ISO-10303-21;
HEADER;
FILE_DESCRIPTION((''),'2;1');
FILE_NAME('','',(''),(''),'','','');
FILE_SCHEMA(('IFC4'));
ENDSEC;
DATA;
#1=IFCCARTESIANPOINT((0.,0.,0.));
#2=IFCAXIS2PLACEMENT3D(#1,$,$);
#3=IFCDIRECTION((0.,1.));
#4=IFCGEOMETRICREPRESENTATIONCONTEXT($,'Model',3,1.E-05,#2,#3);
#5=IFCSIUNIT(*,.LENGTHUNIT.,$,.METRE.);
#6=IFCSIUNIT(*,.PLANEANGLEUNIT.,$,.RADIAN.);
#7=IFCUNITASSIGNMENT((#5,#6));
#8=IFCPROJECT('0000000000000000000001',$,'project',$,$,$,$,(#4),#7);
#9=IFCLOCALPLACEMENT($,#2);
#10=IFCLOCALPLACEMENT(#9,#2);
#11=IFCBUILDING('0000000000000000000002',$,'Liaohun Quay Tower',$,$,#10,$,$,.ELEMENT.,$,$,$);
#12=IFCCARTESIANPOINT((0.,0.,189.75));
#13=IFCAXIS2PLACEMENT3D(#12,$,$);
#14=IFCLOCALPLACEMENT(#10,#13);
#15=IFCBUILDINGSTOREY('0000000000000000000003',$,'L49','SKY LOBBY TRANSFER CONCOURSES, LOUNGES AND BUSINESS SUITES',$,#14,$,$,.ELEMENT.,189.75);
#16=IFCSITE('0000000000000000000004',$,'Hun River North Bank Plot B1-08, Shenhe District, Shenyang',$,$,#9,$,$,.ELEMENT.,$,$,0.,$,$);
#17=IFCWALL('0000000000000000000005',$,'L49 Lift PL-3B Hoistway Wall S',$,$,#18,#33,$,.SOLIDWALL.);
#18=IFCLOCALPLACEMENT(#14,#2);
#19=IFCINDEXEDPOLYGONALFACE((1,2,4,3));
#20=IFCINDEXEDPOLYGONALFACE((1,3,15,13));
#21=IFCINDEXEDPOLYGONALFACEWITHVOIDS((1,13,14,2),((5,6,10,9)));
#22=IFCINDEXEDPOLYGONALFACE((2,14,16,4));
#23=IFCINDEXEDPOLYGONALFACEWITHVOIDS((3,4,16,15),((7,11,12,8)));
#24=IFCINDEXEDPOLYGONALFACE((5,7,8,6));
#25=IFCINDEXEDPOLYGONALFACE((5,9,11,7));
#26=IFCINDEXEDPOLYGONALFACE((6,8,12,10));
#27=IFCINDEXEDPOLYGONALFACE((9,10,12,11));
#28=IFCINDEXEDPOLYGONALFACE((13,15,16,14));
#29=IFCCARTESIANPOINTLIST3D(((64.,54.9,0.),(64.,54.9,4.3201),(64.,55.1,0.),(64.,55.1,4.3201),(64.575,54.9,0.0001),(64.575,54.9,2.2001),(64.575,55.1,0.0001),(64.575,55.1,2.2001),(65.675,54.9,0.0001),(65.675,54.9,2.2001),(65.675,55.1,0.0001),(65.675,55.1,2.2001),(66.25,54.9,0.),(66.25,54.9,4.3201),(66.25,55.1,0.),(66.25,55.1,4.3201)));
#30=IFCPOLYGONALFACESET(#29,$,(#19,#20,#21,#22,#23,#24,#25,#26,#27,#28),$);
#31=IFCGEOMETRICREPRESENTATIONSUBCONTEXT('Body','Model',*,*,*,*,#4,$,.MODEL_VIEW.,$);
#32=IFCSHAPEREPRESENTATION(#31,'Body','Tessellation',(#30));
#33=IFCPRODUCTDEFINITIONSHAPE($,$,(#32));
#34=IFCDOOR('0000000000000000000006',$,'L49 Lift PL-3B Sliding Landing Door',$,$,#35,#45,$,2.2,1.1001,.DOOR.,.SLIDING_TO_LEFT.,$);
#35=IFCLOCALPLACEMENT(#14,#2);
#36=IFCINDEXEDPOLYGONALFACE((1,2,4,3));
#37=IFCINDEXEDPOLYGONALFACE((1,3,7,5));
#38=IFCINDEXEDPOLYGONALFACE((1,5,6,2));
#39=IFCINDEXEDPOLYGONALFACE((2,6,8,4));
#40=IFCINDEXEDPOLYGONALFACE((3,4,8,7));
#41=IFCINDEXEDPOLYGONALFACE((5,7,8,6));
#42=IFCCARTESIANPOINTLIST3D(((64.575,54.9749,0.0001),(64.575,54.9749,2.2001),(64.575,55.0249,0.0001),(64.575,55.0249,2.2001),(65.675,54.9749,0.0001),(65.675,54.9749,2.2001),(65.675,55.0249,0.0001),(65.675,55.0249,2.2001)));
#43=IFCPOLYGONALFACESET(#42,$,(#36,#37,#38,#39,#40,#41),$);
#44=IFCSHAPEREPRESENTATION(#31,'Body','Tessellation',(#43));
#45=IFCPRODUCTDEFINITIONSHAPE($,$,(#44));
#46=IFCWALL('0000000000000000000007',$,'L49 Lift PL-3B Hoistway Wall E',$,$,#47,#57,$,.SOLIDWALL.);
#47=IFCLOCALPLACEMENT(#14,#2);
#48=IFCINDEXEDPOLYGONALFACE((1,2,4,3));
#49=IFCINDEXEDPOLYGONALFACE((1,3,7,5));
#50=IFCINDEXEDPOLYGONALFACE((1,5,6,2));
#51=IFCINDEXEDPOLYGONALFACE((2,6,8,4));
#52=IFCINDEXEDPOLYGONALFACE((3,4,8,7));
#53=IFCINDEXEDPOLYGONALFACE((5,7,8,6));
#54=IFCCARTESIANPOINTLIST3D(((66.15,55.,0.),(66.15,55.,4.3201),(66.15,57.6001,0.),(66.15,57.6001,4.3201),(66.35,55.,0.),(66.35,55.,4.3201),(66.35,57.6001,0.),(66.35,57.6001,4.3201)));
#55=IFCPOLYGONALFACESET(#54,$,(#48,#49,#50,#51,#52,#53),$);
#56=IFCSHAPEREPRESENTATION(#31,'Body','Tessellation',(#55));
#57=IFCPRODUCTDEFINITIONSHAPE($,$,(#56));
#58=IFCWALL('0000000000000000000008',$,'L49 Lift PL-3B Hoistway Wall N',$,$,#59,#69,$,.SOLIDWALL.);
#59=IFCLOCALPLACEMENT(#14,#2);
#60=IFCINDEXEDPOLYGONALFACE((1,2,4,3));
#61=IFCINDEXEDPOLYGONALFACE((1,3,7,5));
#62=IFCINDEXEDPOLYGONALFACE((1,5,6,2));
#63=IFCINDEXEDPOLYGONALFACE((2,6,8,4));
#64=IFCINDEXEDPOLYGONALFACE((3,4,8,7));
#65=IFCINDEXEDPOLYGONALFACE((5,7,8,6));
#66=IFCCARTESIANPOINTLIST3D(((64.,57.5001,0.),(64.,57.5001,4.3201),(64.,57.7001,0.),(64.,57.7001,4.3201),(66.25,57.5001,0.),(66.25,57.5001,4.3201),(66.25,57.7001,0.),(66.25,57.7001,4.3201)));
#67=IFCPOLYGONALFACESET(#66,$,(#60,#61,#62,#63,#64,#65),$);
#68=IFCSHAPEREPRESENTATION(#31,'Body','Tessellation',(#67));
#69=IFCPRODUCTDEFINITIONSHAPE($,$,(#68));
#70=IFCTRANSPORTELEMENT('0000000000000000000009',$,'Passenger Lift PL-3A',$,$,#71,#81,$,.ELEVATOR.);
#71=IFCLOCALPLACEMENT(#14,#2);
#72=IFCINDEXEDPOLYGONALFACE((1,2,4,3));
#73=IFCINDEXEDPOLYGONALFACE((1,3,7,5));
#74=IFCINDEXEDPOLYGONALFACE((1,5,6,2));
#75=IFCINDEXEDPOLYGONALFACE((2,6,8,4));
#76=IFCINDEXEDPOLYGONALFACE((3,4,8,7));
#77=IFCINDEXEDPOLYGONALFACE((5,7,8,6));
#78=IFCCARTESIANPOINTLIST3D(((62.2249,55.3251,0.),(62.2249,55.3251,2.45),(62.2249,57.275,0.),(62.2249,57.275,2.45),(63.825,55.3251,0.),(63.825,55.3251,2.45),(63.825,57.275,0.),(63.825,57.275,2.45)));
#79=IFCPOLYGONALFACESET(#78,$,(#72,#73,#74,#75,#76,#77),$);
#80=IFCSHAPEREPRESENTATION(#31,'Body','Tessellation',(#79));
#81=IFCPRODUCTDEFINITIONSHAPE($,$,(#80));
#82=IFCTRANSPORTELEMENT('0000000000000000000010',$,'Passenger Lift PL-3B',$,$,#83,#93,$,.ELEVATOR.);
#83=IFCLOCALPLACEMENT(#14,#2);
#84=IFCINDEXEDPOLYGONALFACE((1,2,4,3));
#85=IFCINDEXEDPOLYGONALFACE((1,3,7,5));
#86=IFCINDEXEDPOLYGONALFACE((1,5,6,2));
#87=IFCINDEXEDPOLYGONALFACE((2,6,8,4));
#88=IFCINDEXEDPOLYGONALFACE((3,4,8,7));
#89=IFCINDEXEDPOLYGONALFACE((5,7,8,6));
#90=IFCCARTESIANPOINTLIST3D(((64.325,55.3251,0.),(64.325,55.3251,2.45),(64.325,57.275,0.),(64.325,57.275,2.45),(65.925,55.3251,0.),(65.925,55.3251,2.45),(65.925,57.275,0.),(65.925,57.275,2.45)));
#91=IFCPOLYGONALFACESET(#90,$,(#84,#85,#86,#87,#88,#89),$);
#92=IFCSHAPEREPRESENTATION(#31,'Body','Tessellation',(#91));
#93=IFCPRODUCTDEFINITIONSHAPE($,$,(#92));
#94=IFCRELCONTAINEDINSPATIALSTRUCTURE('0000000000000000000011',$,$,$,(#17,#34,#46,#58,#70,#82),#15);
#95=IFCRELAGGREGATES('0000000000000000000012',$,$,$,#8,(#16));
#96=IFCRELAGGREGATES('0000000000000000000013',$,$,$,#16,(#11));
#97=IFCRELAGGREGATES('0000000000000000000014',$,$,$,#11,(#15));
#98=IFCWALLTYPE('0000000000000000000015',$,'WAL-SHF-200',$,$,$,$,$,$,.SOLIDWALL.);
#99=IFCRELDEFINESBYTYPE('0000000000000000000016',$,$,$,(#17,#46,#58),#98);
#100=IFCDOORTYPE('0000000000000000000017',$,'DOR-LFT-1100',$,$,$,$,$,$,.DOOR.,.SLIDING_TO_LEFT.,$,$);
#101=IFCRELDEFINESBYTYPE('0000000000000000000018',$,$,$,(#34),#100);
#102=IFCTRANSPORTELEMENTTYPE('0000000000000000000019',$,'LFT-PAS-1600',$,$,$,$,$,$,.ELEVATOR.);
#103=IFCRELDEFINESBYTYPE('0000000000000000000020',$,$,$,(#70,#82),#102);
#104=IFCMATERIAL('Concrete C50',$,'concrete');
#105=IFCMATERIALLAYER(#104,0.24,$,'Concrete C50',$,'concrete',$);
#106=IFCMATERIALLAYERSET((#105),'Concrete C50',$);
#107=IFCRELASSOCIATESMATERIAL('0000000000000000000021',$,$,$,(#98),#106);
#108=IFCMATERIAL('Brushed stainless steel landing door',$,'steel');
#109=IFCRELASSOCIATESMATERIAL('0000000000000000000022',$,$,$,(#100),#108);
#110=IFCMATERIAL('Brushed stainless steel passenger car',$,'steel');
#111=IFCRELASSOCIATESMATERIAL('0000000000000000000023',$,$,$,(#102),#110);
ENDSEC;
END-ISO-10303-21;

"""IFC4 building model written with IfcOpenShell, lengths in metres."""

from ifc_helpers import new_model, si_unit, direction, frame, frame_2d, origin, origin_2d, place, context, subcontext, project, spatial, rectangle, extrude, source, transform, mapped, material, layer, layer_set, type_object, element, fill, save


model = new_model("IFC4")

# Units and contexts
model_context = context("Model", 3, precision=1e-05, world=origin(), true_north=direction((0.0, 1.0)))
body_context = subcontext(model_context, "Body", "Model", "MODEL_VIEW")
ifc_project = project(units=[si_unit("LENGTHUNIT", "METRE"), si_unit("PLANEANGLEUNIT", "RADIAN")], contexts=[model_context])

# Site, building, storey
site_placement = place(None, origin())
site = spatial("IfcSite", under=ifc_project, at=site_placement, Name="Hun River North Bank Plot B1-08, Shenhe District, Shenyang", CompositionType="ELEMENT", RefElevation=0.0)
building_placement = place(site_placement, origin())
building = spatial("IfcBuilding", under=site, at=building_placement, Name="Liaohun Quay Tower", CompositionType="ELEMENT")
storey_placement = place(building_placement, frame((0.0, 0.0, 189.75)))
storey = spatial("IfcBuildingStorey", under=building, at=storey_placement, Name="L49", Description="SKY LOBBY TRANSFER CONCOURSES, LOUNGES AND BUSINESS SUITES", CompositionType="ELEMENT", Elevation=189.75)

# Shared definitions
ifc_material_1 = material(Name="Concrete C50", Category="concrete")
ifc_layer = layer(ifc_material_1, 0.24, Name="Concrete C50", Category="concrete")
ifc_layer_set = layer_set([ifc_layer], Name="Concrete C50")
wall_type = type_object("IfcWallType", Name="WAL-SHF-200", PredefinedType="SOLIDWALL", material=ifc_layer_set)

# Shared definitions
shared_shape_1 = source(origin(), body_context, "Body", "SweptSolid", [
    extrude(rectangle(XDim=1.1001, YDim=2.2, at=frame_2d((0.55, 1.1001))), frame((0.0, 0.1099, 0.0), z_axis=(0.0, -1.0, 0.0), x_axis=(1.0, 0.0, 0.0)), (0.0, 0.0, 1.0), 0.22),
])
ifc_material_2 = material(Name="Brushed stainless steel landing door", Category="steel")
door_type = type_object("IfcDoorType", Name="DOR-LFT-1100", OperationType="SLIDING_TO_LEFT", PredefinedType="DOOR", material=ifc_material_2)
shared_shape_2 = source(origin(), body_context, "Body", "SweptSolid", [
    extrude(rectangle(XDim=1.1001, YDim=2.2, at=frame_2d((0.55, 1.1001))), frame((0.0, 0.0249, 0.0), z_axis=(0.0, -1.0, 0.0), x_axis=(1.0, 0.0, 0.0)), (0.0, 0.0, 1.0), 0.05),
])

# Wall, opening, door
wall_1_placement = place(storey_placement, frame((64.0, 55.0, 0.0), z_axis=(0.0, 0.0, 1.0), x_axis=(1.0, 0.0, 0.0)))
wall_1 = element("IfcWall", 1, at=wall_1_placement, inside=storey, type_object=wall_type, Name="L49 Lift PL-3B Hoistway Wall S", PredefinedType="SOLIDWALL", context=body_context, shape_type="SweptSolid", body=[
    extrude(rectangle(XDim=2.25, YDim=0.2, at=frame_2d((1.125, 0.0))), origin(), (0.0, 0.0, 1.0), 4.3201),
])
opening_1_placement = place(wall_1_placement, frame((0.575, 0.0, 0.0)))
opening_1 = element("IfcOpeningElement", 2, at=opening_1_placement, cuts=wall_1, PredefinedType="OPENING", context=body_context, shape_type="MappedRepresentation", body=[
    mapped(shared_shape_1, transform((0.0, 0.0, 0.0), x_axis=(1.0, 0.0, 0.0), y_axis=(0.0, 1.0, 0.0), z_axis=(0.0, 0.0, 1.0), scale=1.0)),
])
door_1_placement = place(opening_1_placement, origin())
door_1 = element("IfcDoor", 3, at=door_1_placement, inside=storey, type_object=door_type, Name="L49 Lift PL-3B Sliding Landing Door", OperationType="SLIDING_TO_LEFT", OverallHeight=2.2, OverallWidth=1.1001, PredefinedType="DOOR", context=body_context, shape_type="MappedRepresentation", body=[
    mapped(shared_shape_2, transform((0.0, 0.0, 0.0), x_axis=(1.0, 0.0, 0.0), y_axis=(0.0, 1.0, 0.0), z_axis=(0.0, 0.0, 1.0), scale=1.0)),
])
fill(opening_1, door_1)

# Walls
wall_2_placement = place(storey_placement, frame((66.25, 55.0, 0.0), z_axis=(0.0, 0.0, 1.0), x_axis=(0.0, 1.0, 0.0)))
element("IfcWall", 4, at=wall_2_placement, inside=storey, type_object=wall_type, Name="L49 Lift PL-3B Hoistway Wall E", PredefinedType="SOLIDWALL", context=body_context, shape_type="SweptSolid", body=[
    extrude(rectangle(XDim=2.6001, YDim=0.2, at=frame_2d((1.3, 0.0))), origin(), (0.0, 0.0, 1.0), 4.3201),
])
wall_3_placement = place(storey_placement, frame((66.25, 57.6001, 0.0), z_axis=(0.0, 0.0, 1.0), x_axis=(-1.0, 0.0, 0.0)))
element("IfcWall", 5, at=wall_3_placement, inside=storey, type_object=wall_type, Name="L49 Lift PL-3B Hoistway Wall N", PredefinedType="SOLIDWALL", context=body_context, shape_type="SweptSolid", body=[
    extrude(rectangle(XDim=2.25, YDim=0.2, at=frame_2d((1.125, 0.0))), origin(), (0.0, 0.0, 1.0), 4.3201),
])

# Transport elements
ifc_material_3 = material(Name="Brushed stainless steel passenger car", Category="steel")
transport_element_type = type_object("IfcTransportElementType", Name="LFT-PAS-1600", PredefinedType="ELEVATOR", material=ifc_material_3)
shared_shape_3 = source(origin(), body_context, "Body", "SweptSolid", [
    extrude(rectangle(XDim=1.6001, YDim=1.95, at=origin_2d()), origin(), (0.0, 0.0, 1.0), 2.45),
])
for number, where, z_axis, x_axis, name in (
    (6, (63.0249, 56.3, 0.0), (0.0, 0.0, 1.0), (1.0, 0.0, 0.0), "Passenger Lift PL-3A"),
    (7, (65.125, 56.3, 0.0), (0.0, 0.0, 1.0), (1.0, 0.0, 0.0), "Passenger Lift PL-3B"),
):
    element("IfcTransportElement", number, at=place(storey_placement, frame(where, z_axis=z_axis, x_axis=x_axis)), inside=storey, type_object=transport_element_type, Name=name, PredefinedType="ELEVATOR", context=body_context, shape_type="MappedRepresentation", body=[
        mapped(shared_shape_3, transform((0.0, 0.0, 0.0), x_axis=(1.0, 0.0, 0.0), y_axis=(0.0, 1.0, 0.0), z_axis=(0.0, 0.0, 1.0), scale=1.0)),
    ])

save(model, "model.ifc")
